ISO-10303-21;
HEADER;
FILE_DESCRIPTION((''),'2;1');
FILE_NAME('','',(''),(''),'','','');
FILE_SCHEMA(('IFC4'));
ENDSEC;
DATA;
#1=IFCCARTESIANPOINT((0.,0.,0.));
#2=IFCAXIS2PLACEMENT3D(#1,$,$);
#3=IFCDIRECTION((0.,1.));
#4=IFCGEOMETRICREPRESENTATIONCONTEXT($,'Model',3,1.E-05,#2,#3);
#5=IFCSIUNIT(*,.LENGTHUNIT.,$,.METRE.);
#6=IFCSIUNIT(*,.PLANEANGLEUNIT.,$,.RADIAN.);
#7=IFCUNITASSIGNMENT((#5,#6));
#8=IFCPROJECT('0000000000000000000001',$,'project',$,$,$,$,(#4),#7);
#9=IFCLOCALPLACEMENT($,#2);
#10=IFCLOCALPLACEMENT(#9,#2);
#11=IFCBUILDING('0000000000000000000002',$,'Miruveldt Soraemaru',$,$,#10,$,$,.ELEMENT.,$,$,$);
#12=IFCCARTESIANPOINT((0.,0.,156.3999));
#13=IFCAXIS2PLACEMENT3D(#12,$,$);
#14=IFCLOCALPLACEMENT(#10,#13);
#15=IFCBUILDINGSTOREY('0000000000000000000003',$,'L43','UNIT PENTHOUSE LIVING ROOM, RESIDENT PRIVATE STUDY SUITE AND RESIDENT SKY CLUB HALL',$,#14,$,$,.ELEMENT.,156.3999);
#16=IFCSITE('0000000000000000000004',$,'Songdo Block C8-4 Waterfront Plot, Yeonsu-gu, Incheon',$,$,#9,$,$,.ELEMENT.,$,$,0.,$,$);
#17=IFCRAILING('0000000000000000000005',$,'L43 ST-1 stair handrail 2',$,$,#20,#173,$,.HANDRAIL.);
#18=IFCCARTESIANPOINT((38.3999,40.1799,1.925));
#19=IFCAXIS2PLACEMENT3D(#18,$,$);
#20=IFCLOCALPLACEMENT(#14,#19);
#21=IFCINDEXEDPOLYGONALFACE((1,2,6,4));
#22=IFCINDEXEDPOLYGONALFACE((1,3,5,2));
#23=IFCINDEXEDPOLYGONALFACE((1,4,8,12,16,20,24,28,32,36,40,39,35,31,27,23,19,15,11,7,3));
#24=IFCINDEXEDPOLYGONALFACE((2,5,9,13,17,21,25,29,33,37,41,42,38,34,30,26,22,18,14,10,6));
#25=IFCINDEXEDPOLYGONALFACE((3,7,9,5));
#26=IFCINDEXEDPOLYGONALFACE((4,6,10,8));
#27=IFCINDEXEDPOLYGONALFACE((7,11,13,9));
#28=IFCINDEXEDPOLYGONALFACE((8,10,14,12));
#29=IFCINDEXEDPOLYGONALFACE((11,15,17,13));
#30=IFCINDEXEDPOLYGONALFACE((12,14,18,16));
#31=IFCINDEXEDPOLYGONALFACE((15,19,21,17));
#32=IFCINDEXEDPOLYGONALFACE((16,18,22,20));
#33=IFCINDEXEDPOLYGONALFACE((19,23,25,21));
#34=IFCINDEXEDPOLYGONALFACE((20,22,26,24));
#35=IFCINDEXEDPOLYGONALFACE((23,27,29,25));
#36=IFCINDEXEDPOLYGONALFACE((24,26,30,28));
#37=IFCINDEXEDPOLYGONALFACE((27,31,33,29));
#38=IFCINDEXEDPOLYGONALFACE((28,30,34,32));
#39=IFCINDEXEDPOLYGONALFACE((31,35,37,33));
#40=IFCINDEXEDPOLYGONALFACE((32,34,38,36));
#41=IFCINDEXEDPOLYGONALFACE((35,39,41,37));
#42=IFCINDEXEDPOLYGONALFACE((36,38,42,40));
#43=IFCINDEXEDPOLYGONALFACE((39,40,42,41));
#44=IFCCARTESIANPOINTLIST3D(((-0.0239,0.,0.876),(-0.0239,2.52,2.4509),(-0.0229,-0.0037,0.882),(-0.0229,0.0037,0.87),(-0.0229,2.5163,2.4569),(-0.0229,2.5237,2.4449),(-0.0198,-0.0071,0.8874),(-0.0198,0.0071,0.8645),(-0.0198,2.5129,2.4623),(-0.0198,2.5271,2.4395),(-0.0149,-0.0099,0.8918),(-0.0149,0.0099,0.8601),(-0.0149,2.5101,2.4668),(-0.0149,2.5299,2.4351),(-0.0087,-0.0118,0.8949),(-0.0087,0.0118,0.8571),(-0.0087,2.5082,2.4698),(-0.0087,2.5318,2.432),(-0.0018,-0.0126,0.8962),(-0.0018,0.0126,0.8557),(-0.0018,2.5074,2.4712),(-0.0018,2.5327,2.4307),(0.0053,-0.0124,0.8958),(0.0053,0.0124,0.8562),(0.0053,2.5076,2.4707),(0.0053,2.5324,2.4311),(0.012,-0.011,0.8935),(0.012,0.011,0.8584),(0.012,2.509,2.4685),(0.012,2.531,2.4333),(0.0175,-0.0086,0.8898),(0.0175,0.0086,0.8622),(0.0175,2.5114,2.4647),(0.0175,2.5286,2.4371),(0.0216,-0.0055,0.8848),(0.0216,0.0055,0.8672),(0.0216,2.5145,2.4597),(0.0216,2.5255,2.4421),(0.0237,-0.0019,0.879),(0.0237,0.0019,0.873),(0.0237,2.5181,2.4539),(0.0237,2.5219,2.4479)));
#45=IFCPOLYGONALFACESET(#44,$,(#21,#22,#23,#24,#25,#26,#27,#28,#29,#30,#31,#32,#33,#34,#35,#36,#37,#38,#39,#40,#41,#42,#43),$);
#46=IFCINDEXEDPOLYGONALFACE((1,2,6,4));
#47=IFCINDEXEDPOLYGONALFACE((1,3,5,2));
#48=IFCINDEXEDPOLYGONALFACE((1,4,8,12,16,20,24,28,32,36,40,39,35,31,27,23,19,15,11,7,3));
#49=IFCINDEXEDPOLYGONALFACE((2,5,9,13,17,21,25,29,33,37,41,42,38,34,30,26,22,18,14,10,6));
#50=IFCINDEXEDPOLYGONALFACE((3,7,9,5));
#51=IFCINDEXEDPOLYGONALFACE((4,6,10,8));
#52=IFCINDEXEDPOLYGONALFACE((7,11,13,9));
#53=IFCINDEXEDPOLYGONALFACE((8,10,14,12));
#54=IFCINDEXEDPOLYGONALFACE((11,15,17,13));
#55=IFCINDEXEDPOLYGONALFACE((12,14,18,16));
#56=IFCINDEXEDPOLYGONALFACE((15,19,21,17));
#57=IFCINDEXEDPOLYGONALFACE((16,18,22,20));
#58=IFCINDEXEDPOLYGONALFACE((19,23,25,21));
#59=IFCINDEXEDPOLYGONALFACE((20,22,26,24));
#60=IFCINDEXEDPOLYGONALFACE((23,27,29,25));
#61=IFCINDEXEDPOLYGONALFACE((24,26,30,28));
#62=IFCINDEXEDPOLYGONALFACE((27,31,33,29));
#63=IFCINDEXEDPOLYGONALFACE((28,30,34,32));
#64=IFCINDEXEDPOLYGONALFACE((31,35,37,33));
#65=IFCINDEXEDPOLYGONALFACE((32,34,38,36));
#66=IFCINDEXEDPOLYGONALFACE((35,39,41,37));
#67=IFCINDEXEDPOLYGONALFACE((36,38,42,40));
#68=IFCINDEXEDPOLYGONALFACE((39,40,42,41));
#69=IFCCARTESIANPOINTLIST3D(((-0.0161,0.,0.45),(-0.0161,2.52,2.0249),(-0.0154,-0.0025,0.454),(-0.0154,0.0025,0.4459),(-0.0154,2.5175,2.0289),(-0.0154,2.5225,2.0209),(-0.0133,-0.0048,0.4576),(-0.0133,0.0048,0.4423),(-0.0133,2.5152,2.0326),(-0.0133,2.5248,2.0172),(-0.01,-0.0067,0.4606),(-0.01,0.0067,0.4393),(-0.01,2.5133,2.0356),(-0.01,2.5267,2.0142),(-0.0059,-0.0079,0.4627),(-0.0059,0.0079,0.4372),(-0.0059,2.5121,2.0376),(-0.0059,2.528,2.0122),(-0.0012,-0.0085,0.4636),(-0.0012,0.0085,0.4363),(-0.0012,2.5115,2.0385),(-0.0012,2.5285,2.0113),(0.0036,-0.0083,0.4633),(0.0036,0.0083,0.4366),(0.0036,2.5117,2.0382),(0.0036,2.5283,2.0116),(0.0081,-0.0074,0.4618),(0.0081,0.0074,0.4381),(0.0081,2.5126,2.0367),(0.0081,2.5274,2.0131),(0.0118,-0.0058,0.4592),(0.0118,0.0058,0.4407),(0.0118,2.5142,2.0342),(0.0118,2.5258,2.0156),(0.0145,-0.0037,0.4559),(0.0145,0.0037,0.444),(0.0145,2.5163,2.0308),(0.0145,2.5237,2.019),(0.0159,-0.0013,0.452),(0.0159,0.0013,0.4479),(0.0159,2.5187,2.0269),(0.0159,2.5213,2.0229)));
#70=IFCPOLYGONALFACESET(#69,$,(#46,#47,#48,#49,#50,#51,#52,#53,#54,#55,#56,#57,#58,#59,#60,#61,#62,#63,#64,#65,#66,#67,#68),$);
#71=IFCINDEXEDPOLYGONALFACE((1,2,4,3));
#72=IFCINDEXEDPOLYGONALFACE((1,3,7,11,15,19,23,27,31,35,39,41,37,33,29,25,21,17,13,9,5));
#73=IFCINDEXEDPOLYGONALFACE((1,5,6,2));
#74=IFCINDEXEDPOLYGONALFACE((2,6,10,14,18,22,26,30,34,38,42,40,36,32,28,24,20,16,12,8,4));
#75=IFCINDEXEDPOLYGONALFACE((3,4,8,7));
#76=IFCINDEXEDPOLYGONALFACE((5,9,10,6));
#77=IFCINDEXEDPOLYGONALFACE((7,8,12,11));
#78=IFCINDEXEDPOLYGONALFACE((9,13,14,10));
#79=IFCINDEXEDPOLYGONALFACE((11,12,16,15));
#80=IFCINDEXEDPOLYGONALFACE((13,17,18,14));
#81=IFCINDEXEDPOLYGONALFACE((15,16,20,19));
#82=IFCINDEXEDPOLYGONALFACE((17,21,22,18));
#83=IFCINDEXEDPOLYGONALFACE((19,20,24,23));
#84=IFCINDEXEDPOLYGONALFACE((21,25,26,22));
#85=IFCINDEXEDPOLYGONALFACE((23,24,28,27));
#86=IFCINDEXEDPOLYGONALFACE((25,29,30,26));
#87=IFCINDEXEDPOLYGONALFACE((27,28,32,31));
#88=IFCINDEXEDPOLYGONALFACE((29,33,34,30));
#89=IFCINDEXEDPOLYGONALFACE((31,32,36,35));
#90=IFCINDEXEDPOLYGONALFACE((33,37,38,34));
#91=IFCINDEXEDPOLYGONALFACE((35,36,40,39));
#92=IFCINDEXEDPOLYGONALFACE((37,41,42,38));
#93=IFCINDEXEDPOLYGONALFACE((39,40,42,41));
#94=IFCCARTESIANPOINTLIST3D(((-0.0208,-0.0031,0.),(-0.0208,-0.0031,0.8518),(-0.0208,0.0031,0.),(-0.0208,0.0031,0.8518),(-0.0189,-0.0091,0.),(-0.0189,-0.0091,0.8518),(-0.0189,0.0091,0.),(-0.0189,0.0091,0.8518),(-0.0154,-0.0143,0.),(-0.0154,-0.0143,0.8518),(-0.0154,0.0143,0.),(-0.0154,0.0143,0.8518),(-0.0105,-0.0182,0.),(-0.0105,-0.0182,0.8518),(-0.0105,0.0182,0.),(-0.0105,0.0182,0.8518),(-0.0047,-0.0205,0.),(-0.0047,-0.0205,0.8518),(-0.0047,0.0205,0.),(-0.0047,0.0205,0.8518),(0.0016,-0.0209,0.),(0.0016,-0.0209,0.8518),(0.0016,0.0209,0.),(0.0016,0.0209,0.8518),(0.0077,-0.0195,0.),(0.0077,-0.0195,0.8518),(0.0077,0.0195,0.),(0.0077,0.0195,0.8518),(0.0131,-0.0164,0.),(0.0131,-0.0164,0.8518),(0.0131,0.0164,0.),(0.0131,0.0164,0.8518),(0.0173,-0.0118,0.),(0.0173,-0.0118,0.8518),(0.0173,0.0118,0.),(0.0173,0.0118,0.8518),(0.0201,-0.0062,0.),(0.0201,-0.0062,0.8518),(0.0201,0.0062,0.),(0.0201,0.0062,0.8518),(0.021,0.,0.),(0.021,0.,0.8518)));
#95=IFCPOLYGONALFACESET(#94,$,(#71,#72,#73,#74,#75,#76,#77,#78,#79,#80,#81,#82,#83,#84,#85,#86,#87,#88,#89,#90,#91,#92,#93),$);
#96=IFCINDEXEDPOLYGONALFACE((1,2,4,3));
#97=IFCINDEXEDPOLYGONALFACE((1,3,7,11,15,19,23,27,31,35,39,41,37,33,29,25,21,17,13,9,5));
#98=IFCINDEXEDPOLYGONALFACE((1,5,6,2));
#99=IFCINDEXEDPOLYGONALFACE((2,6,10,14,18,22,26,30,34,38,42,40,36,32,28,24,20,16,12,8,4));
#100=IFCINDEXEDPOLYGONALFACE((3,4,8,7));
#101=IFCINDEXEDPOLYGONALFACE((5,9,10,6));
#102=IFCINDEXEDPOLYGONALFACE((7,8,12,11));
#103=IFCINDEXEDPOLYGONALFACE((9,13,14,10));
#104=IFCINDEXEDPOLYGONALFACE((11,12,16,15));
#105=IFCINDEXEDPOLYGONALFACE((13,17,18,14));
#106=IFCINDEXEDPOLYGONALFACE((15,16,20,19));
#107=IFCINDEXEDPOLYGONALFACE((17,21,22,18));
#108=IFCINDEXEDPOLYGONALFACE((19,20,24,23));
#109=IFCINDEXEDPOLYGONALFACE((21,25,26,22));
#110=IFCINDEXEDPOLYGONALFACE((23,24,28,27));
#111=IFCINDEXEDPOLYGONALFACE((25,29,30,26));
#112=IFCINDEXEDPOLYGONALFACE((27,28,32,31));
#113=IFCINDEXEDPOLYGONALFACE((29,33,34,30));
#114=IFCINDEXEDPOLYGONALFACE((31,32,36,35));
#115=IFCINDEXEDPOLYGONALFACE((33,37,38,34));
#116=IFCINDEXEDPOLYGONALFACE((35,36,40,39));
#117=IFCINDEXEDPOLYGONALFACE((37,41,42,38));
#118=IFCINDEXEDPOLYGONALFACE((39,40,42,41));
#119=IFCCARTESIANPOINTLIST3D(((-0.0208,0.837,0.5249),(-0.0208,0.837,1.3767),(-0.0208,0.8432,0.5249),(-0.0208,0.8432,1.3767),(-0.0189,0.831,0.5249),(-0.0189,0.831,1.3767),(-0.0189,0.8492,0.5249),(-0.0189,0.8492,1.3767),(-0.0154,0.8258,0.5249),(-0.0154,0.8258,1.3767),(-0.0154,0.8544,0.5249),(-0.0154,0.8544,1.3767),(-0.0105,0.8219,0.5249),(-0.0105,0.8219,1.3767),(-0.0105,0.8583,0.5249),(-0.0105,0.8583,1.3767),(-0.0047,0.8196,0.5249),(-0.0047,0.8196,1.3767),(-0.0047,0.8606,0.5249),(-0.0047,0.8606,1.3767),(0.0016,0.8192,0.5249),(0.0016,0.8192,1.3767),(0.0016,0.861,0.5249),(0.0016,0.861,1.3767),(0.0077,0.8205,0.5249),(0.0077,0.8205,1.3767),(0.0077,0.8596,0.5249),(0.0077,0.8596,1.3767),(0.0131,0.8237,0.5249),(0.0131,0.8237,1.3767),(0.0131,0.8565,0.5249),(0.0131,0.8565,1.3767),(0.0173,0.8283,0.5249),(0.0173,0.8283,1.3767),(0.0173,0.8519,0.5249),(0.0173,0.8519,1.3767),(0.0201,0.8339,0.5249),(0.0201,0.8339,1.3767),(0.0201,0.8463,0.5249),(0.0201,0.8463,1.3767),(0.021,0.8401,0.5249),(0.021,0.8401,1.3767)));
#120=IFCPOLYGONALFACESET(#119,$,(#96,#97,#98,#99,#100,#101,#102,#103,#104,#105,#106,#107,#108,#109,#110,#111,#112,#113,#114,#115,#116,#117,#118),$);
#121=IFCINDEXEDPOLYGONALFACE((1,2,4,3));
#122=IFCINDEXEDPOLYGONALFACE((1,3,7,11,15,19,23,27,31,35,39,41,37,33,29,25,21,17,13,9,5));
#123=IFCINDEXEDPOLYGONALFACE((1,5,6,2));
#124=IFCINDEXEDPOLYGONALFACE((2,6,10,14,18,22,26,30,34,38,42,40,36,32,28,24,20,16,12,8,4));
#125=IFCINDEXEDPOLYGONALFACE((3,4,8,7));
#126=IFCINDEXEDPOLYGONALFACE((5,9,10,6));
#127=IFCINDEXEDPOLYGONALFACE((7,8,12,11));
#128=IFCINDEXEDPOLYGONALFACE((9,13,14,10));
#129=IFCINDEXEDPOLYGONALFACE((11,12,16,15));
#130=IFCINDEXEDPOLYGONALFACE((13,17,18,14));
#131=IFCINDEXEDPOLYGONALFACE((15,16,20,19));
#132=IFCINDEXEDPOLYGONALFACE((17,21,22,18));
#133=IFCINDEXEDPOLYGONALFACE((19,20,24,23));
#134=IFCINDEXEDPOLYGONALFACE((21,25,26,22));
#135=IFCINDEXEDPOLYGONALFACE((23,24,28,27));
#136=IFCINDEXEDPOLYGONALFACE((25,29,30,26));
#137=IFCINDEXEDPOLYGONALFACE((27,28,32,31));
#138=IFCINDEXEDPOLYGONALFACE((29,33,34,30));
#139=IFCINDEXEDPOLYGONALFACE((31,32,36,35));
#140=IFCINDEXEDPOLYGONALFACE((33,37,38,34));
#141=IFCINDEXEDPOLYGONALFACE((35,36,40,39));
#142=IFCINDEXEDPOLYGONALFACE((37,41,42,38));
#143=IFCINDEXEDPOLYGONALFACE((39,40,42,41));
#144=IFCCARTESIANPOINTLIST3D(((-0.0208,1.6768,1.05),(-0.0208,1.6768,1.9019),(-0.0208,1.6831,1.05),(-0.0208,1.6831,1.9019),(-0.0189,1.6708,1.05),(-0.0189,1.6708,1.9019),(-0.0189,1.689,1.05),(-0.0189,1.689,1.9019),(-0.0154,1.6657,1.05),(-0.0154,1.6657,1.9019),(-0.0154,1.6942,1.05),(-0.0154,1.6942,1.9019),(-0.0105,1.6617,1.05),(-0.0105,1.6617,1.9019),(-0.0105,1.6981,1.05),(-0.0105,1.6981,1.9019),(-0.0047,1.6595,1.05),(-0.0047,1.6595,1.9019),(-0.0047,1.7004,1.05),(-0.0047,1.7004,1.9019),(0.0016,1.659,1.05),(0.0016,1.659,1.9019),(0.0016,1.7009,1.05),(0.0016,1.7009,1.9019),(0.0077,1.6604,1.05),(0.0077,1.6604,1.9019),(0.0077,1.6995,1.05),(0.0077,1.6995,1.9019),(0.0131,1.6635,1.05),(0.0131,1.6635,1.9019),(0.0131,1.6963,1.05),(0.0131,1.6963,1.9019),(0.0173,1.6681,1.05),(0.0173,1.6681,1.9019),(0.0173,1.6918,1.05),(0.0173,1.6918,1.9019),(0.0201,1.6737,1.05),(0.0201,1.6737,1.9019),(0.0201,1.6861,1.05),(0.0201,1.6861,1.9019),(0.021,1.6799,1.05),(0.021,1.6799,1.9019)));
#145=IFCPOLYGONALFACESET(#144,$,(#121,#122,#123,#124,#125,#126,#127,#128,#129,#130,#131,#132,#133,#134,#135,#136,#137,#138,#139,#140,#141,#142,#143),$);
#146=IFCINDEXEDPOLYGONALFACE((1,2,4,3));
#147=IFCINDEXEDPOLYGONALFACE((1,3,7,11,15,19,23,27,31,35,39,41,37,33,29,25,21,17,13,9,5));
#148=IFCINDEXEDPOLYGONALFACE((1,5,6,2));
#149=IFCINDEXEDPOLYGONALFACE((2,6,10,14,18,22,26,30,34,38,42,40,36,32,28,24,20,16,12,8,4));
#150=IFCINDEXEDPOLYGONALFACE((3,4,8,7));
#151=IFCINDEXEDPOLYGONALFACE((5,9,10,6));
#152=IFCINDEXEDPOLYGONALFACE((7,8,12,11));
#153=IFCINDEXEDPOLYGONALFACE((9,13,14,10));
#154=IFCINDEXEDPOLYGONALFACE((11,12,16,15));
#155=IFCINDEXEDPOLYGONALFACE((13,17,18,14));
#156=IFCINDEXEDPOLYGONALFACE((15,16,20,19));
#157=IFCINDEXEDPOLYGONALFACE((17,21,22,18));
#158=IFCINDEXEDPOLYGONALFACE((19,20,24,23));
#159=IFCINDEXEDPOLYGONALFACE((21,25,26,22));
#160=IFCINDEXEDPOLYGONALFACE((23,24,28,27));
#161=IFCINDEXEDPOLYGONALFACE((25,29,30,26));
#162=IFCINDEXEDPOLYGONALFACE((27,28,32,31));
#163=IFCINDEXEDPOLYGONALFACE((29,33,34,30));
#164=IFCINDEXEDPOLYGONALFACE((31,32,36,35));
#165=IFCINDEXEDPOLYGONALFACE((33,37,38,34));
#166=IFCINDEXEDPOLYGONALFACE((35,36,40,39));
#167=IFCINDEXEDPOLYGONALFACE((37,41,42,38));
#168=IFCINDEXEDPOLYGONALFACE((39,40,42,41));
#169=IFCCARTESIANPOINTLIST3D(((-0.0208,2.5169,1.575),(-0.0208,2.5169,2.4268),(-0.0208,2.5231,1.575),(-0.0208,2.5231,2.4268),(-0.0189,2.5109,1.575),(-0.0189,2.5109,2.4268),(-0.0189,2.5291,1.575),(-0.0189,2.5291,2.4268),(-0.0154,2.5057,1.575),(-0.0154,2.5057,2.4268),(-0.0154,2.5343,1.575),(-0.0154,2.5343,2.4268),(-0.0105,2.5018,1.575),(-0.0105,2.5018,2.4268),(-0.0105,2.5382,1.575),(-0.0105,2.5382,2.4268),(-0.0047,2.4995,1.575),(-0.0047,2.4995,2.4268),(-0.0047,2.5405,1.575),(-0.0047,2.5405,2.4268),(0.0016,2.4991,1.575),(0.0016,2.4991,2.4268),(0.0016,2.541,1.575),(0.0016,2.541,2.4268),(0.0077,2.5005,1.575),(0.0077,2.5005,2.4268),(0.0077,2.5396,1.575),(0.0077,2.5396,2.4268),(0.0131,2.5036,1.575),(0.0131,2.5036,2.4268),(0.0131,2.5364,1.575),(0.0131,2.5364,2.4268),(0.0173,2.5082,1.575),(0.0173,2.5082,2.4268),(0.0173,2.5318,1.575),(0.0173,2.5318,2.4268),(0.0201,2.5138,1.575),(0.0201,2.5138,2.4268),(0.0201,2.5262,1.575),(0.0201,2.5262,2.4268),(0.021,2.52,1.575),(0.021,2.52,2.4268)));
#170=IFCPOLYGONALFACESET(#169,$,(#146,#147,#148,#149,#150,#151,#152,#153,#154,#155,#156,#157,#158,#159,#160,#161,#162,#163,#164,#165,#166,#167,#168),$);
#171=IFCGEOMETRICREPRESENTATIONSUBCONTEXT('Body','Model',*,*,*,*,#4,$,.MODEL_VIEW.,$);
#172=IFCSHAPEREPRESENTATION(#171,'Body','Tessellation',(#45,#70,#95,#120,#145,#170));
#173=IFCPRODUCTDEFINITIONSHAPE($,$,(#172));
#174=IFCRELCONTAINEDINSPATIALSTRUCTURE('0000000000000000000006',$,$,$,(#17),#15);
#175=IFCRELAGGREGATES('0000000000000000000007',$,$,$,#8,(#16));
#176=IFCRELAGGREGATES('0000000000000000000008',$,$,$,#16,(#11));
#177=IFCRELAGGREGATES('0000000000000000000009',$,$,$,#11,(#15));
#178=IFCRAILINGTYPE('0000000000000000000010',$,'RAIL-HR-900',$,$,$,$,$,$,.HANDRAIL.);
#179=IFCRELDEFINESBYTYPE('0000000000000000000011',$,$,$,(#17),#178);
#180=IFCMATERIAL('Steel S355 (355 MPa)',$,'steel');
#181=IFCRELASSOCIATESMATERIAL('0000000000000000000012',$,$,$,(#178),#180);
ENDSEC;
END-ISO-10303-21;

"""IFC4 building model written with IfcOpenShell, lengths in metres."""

from ifc_helpers import new_model, si_unit, direction, frame, origin, origin_2d, place, context, subcontext, project, spatial, circle, extrude, material, type_object, element, save


model = new_model("IFC4")

# Units and contexts
model_context = context("Model", 3, precision=1e-05, world=origin(), true_north=direction((0.0, 1.0)))
body_context = subcontext(model_context, "Body", "Model", "MODEL_VIEW")
ifc_project = project(units=[si_unit("LENGTHUNIT", "METRE"), si_unit("PLANEANGLEUNIT", "RADIAN")], contexts=[model_context])

# Site, building, storey
site_placement = place(None, origin())
site = spatial("IfcSite", under=ifc_project, at=site_placement, Name="Songdo Block C8-4 Waterfront Plot, Yeonsu-gu, Incheon", CompositionType="ELEMENT", RefElevation=0.0)
building_placement = place(site_placement, origin())
building = spatial("IfcBuilding", under=site, at=building_placement, Name="Miruveldt Soraemaru", CompositionType="ELEMENT")
storey_placement = place(building_placement, frame((0.0, 0.0, 156.3999)))
storey = spatial("IfcBuildingStorey", under=building, at=storey_placement, Name="L43", Description="UNIT PENTHOUSE LIVING ROOM, RESIDENT PRIVATE STUDY SUITE AND RESIDENT SKY CLUB HALL", CompositionType="ELEMENT", Elevation=156.3999)

# Railing
ifc_material_1 = material(Name="Steel S355 (355 MPa)", Category="steel")
railing_type_1 = type_object("IfcRailingType", Name="RAIL-HR-900", PredefinedType="HANDRAIL", material=ifc_material_1)
railing_1_placement = place(storey_placement, frame((38.3999, 40.1799, 1.925)))
element("IfcRailing", 1, at=railing_1_placement, inside=storey, type_object=railing_type_1, Name="L43 ST-1 stair handrail 2", PredefinedType="HANDRAIL", context=body_context, shape_type="SweptSolid", body=[
    extrude(circle(Radius=0.0239, at=origin_2d()), frame((0.0, 0.0, 0.876), z_axis=(0.0, 0.848008, 0.529984), x_axis=(-1.0, 0.0, 0.0)), (0.0, 0.0, 1.0), 2.9717),
    extrude(circle(Radius=0.0161, at=origin_2d()), frame((0.0, 0.0, 0.45), z_axis=(0.0, 0.848008, 0.529984), x_axis=(-1.0, 0.0, 0.0)), (0.0, 0.0, 1.0), 2.9717),
    extrude(circle(Radius=0.021, at=origin_2d()), origin(), (0.0, 0.0, 1.0), 0.8518),
    extrude(circle(Radius=0.021, at=origin_2d()), frame((0.0, 0.8401, 0.5249)), (0.0, 0.0, 1.0), 0.8518),
    extrude(circle(Radius=0.021, at=origin_2d()), frame((0.0, 1.6799, 1.05)), (0.0, 0.0, 1.0), 0.8518),
    extrude(circle(Radius=0.021, at=origin_2d()), frame((0.0, 2.52, 1.575)), (0.0, 0.0, 1.0), 0.8518),
])

save(model, "model.ifc")
